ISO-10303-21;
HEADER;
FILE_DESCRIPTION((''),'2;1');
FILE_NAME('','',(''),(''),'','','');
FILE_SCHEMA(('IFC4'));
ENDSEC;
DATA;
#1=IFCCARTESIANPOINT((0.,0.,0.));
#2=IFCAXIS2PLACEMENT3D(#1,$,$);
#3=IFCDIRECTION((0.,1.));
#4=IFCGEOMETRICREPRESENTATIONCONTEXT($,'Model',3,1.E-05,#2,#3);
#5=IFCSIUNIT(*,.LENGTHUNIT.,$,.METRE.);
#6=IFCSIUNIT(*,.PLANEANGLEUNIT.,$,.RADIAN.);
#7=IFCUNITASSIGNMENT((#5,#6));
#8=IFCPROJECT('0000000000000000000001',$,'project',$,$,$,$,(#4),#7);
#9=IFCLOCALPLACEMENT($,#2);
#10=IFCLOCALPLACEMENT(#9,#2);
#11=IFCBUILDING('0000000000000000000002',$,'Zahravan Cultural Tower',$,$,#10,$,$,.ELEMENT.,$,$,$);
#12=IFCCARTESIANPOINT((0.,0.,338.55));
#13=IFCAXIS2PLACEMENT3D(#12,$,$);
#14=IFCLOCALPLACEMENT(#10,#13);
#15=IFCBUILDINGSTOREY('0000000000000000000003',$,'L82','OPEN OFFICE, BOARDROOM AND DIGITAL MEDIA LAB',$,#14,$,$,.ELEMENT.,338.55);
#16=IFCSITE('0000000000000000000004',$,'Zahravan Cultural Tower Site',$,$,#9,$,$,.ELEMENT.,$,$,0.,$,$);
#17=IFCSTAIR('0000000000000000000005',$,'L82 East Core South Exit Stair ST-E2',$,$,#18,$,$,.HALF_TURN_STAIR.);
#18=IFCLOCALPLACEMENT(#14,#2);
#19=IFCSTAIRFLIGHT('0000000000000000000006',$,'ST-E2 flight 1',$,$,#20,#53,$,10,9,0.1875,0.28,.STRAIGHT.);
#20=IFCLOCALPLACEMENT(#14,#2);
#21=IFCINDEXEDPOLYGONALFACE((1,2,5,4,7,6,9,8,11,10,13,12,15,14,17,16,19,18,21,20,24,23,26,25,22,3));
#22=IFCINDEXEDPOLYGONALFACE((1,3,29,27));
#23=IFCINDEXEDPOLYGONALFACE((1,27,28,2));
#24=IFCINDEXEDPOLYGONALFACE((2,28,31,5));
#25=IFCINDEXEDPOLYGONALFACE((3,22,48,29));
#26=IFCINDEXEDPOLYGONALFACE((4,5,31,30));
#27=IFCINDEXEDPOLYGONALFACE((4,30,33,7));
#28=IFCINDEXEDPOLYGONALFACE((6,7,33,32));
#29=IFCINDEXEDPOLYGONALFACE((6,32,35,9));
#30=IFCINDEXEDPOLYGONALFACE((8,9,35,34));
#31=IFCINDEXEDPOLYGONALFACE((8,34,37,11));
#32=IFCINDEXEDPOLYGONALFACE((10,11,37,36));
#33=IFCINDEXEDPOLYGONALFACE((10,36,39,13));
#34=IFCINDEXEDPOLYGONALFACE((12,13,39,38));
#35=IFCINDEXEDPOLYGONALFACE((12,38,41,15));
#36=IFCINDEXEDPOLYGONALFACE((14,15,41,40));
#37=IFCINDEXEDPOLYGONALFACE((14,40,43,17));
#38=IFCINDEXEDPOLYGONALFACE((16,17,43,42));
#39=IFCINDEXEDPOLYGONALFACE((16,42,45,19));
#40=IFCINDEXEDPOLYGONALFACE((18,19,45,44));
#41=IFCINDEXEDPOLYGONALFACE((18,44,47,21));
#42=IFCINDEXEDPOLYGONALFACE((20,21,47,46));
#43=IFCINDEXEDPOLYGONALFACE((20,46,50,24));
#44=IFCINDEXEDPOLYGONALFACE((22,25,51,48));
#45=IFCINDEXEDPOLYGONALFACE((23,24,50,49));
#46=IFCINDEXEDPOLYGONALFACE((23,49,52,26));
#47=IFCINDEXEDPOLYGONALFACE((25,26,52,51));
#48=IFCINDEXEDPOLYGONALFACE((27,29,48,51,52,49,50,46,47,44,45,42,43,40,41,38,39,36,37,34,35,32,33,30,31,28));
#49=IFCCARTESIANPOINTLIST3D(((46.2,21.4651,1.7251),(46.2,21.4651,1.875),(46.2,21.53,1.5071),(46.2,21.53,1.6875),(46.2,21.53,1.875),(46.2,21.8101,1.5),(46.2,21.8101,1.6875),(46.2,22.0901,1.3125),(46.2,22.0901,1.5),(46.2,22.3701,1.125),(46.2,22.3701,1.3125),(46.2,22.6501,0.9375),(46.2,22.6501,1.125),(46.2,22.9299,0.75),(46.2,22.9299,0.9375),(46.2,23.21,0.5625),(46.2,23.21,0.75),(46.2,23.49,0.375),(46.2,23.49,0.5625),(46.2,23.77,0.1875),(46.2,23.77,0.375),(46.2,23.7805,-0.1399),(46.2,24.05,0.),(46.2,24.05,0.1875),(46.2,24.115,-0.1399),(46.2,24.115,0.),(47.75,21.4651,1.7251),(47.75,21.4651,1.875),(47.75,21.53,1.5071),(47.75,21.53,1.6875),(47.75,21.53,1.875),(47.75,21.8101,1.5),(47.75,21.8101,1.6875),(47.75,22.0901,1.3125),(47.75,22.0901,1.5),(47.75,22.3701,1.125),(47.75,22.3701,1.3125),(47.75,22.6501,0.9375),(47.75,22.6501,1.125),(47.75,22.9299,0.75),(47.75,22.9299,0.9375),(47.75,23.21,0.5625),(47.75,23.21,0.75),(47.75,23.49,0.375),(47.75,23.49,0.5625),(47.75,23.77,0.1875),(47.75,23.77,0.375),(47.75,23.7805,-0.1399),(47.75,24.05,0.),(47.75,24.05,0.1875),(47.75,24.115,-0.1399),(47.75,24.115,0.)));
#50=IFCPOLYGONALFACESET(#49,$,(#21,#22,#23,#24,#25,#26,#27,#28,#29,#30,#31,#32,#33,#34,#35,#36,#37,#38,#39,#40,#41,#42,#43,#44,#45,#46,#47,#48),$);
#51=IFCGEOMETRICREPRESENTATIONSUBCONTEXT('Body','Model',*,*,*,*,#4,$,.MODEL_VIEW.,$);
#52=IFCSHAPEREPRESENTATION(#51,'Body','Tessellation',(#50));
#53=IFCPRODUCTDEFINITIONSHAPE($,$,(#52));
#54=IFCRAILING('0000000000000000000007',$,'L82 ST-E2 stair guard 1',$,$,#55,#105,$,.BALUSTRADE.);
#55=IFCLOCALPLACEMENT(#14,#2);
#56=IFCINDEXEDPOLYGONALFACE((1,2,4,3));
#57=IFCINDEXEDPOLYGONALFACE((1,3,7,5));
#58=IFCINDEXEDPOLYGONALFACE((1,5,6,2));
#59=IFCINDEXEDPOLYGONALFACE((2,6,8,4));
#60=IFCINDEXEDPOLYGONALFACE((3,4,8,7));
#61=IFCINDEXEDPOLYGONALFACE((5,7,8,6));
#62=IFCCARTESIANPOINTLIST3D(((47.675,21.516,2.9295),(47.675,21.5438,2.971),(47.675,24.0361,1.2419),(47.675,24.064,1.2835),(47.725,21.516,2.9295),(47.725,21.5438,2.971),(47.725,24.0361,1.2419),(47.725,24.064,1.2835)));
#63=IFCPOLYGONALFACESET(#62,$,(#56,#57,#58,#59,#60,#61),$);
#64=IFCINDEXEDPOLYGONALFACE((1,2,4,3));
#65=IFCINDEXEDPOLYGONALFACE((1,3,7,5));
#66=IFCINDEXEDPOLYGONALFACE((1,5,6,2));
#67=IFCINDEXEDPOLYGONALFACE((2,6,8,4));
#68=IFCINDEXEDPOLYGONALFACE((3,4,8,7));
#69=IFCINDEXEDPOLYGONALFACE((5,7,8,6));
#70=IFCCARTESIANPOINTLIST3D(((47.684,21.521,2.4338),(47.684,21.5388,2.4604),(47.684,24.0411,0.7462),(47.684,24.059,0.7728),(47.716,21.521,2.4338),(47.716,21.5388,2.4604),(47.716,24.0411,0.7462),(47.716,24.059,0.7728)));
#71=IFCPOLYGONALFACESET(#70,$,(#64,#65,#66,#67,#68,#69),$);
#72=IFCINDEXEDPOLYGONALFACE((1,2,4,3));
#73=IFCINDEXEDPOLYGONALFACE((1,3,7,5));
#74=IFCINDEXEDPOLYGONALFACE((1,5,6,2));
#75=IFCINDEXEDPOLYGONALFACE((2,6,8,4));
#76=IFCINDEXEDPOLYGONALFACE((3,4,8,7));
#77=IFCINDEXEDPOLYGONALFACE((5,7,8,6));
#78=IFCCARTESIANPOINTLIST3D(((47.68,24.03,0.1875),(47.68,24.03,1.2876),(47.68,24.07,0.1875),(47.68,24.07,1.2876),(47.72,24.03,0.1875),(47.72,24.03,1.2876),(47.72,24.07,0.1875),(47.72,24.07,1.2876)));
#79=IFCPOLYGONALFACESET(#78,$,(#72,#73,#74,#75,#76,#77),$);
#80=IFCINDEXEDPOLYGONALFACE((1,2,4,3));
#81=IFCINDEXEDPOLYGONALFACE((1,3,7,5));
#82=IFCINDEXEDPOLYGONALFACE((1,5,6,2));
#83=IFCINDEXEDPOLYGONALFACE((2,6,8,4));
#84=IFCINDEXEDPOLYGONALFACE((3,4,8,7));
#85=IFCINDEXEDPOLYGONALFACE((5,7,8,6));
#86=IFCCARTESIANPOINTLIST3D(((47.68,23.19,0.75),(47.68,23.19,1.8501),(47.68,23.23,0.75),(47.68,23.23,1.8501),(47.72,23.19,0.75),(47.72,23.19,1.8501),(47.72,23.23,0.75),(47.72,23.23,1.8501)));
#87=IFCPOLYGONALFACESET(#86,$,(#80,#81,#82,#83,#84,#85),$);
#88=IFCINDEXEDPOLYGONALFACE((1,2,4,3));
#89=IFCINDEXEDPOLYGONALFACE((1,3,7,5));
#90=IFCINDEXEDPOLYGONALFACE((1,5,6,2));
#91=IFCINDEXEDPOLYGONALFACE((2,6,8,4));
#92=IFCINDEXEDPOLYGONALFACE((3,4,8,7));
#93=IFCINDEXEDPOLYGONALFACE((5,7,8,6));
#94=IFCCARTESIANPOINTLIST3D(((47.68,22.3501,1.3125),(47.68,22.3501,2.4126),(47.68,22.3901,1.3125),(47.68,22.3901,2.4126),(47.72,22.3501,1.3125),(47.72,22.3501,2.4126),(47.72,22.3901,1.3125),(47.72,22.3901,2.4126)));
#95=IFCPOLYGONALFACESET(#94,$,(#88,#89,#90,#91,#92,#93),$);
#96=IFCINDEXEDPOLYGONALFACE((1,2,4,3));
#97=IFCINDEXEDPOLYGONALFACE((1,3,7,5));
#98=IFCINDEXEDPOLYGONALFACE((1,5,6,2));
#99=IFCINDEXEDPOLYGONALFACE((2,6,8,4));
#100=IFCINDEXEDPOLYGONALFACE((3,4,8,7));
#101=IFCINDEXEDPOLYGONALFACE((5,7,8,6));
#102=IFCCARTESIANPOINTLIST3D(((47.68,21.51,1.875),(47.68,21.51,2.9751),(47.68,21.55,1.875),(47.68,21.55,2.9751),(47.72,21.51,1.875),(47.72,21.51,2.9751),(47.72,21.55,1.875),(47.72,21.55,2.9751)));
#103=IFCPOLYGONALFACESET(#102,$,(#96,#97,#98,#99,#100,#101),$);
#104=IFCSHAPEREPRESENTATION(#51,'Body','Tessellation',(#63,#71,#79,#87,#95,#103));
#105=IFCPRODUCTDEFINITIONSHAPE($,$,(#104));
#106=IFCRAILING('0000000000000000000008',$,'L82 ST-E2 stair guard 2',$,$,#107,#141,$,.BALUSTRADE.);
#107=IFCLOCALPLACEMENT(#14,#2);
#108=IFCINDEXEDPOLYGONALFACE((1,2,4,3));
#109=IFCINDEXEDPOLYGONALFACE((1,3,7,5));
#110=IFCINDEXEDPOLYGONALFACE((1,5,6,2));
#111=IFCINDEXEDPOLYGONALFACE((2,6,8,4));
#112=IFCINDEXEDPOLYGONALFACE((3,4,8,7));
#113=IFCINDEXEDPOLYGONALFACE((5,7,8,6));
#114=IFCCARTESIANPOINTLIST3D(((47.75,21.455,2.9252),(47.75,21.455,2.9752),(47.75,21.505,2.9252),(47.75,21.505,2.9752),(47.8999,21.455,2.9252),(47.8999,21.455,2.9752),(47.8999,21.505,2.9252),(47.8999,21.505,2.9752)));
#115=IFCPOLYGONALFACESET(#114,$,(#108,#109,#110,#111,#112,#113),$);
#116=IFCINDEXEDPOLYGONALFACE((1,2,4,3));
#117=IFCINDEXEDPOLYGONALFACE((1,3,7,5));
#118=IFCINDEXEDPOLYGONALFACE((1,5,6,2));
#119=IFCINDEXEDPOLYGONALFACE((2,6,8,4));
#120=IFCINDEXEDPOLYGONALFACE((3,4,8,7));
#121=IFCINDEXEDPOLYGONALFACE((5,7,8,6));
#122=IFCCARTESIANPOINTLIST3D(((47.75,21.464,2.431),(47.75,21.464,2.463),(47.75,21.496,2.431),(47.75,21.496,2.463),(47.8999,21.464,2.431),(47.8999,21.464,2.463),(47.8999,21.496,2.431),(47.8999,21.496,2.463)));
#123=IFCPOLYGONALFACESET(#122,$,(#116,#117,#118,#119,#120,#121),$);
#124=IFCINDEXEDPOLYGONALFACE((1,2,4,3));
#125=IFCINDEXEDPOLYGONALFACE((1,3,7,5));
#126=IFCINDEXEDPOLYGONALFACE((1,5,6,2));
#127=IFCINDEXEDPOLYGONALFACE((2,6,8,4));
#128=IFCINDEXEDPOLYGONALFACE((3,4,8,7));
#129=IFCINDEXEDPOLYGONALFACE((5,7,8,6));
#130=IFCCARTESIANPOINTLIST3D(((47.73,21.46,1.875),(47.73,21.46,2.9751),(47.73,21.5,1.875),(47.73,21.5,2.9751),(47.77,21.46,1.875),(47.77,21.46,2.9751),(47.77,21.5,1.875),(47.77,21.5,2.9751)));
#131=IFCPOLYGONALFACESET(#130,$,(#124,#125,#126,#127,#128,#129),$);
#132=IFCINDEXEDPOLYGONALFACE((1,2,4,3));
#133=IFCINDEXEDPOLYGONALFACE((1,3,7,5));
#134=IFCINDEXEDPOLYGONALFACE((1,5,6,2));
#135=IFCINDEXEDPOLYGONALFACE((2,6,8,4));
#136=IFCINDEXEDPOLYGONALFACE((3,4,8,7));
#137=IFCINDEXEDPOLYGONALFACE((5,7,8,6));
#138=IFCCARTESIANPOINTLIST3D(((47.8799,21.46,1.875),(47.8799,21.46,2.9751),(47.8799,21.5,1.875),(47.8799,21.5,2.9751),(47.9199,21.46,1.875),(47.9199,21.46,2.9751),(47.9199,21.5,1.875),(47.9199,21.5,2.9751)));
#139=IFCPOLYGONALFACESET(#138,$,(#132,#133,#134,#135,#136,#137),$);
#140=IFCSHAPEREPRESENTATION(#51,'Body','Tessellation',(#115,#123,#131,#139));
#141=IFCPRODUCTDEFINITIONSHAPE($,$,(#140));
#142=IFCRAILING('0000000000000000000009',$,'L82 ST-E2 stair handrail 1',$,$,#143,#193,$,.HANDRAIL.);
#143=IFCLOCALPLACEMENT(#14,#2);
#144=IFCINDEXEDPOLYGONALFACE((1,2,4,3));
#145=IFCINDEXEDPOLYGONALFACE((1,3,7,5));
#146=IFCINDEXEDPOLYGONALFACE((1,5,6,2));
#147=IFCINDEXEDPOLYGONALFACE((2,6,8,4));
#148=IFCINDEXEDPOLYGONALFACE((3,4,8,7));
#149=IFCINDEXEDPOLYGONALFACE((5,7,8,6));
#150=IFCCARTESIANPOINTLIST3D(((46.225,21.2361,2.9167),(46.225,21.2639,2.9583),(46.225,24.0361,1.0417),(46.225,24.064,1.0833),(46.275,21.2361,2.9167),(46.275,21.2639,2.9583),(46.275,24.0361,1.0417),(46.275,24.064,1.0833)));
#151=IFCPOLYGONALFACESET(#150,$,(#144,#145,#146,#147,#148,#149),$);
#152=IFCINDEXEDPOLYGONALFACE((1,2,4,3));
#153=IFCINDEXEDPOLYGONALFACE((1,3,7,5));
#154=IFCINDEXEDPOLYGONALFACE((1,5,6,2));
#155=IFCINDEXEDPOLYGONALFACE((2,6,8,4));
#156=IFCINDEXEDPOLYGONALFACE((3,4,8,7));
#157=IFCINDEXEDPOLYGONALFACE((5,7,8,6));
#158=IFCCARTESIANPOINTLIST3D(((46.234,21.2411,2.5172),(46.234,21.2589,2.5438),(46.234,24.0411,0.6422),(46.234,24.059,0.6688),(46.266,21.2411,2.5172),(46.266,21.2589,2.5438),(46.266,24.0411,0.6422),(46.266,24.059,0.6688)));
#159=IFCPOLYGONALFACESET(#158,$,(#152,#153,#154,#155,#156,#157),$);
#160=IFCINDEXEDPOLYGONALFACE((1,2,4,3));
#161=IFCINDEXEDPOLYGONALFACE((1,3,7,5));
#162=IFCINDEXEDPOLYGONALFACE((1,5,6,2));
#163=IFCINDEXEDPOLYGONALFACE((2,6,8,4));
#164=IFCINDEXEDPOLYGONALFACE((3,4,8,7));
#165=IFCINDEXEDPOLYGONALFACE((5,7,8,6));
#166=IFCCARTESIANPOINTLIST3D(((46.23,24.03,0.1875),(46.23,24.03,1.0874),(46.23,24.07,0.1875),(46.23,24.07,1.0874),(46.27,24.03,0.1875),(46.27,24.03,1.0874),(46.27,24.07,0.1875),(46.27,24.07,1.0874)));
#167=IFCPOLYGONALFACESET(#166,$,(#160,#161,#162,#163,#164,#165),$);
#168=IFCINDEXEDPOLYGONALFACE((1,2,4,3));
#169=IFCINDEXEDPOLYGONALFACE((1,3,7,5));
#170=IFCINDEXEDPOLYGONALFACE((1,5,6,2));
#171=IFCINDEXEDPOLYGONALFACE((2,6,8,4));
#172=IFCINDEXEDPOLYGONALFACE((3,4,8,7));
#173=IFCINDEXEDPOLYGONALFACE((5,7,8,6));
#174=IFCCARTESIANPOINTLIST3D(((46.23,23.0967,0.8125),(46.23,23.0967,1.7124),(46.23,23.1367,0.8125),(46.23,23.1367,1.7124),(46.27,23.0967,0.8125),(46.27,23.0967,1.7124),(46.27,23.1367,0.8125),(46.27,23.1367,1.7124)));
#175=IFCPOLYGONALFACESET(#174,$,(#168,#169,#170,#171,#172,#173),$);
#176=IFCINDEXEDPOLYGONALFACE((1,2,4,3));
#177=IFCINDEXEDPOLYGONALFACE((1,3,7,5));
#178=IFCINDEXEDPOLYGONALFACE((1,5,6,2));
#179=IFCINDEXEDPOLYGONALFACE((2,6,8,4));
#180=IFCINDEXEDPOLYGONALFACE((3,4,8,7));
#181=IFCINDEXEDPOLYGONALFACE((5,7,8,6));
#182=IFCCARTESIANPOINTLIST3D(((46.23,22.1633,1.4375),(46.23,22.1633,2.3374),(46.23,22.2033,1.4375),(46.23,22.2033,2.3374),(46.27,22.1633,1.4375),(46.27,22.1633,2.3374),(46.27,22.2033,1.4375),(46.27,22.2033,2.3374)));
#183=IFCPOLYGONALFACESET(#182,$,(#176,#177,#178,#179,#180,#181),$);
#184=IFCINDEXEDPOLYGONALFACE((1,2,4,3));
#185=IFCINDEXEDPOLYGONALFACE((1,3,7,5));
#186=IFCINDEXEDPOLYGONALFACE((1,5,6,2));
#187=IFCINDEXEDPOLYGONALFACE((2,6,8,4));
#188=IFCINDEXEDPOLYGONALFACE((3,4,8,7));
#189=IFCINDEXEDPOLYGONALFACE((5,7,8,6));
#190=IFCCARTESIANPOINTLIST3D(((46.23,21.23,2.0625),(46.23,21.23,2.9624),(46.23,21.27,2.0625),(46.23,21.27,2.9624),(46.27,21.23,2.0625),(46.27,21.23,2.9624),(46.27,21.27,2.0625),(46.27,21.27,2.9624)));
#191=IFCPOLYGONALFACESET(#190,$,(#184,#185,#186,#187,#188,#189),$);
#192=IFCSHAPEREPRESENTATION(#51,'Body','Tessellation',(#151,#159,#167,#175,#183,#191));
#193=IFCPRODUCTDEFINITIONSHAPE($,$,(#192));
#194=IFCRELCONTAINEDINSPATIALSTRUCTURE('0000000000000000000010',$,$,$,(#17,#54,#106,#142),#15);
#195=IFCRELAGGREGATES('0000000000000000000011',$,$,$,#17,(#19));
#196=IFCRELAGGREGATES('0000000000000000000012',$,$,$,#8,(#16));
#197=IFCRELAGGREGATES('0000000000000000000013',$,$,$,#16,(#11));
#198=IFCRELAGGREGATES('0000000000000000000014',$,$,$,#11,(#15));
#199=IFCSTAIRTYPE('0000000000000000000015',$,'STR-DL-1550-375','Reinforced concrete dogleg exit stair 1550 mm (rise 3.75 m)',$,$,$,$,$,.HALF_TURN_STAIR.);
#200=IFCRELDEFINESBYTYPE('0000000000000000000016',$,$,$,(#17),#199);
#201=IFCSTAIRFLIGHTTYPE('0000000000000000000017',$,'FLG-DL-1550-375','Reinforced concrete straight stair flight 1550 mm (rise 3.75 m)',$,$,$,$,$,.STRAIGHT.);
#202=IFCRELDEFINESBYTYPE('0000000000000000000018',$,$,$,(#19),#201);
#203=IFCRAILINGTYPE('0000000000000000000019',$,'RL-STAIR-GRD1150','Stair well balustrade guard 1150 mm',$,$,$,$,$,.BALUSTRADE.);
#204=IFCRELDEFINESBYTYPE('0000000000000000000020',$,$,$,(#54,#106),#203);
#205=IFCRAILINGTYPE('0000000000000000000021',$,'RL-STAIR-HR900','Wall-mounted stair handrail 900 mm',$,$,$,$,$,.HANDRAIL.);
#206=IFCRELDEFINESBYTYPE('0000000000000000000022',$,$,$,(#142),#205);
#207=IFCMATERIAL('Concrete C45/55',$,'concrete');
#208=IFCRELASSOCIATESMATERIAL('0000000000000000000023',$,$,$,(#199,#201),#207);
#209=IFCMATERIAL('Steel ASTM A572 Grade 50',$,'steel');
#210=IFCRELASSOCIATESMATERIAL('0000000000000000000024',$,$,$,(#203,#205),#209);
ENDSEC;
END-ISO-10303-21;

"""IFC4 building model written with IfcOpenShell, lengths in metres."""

from ifc_helpers import new_model, si_unit, direction, frame, origin, origin_2d, place, context, subcontext, project, spatial, polyline, rectangle, outline, extrude, material, type_object, element, aggregate, save


model = new_model("IFC4")

# Units and contexts
model_context = context("Model", 3, precision=1e-05, world=origin(), true_north=direction((0.0, 1.0)))
body_context = subcontext(model_context, "Body", "Model", "MODEL_VIEW")
ifc_project = project(units=[si_unit("LENGTHUNIT", "METRE"), si_unit("PLANEANGLEUNIT", "RADIAN")], contexts=[model_context])

# Site, building, storey
site_placement = place(None, origin())
site = spatial("IfcSite", under=ifc_project, at=site_placement, Name="Zahravan Cultural Tower Site", CompositionType="ELEMENT", RefElevation=0.0)
building_placement = place(site_placement, origin())
building = spatial("IfcBuilding", under=site, at=building_placement, Name="Zahravan Cultural Tower", CompositionType="ELEMENT")
storey_placement = place(building_placement, frame((0.0, 0.0, 338.55)))
storey = spatial("IfcBuildingStorey", under=building, at=storey_placement, Name="L82", Description="OPEN OFFICE, BOARDROOM AND DIGITAL MEDIA LAB", CompositionType="ELEMENT", Elevation=338.55)

# Shared definitions
ifc_material_1 = material(Name="Steel ASTM A572 Grade 50", Category="steel")
ifc_material_2 = material(Name="Concrete C45/55", Category="concrete")

# Stair, stair flight
stair_type = type_object("IfcStairType", Name="STR-DL-1550-375", Description="Reinforced concrete dogleg exit stair 1550 mm (rise 3.75 m)", PredefinedType="HALF_TURN_STAIR", material=ifc_material_2)
stair_placement = place(storey_placement, origin())
stair = element("IfcStair", 1, at=stair_placement, inside=storey, type_object=stair_type, Name="L82 East Core South Exit Stair ST-E2", PredefinedType="HALF_TURN_STAIR")
stair_flight_type = type_object("IfcStairFlightType", Name="FLG-DL-1550-375", Description="Reinforced concrete straight stair flight 1550 mm (rise 3.75 m)", PredefinedType="STRAIGHT", material=ifc_material_2)
stair_flight_placement = place(storey_placement, frame((46.9751, 24.05, 0.0), z_axis=(0.0, 0.0, 1.0), x_axis=(0.0, -1.0, 0.0)))
stair_flight = element("IfcStairFlight", 2, at=stair_flight_placement, type_object=stair_flight_type, Name="ST-E2 flight 1", NumberOfRisers=10, NumberOfTreads=9, PredefinedType="STRAIGHT", RiserHeight=0.1875, TreadLength=0.28, context=body_context, shape_type="SweptSolid", body=[
    extrude(outline(polyline([(-0.0649, -0.1399), (-0.0649, 0.0), (0.0, 0.0), (0.0, 0.1875), (0.28, 0.1875), (0.28, 0.375), (0.5601, 0.375), (0.5601, 0.5625), (0.8401, 0.5625), (0.8401, 0.75), (1.1201, 0.75), (1.1201, 0.9375), (1.3999, 0.9375), (1.3999, 1.125), (1.6799, 1.125), (1.6799, 1.3125), (1.96, 1.3125), (1.96, 1.5), (2.24, 1.5), (2.24, 1.6875), (2.52, 1.6875), (2.52, 1.875), (2.585, 1.875), (2.585, 1.7251), (2.52, 1.5071), (0.2695, -0.1399), (-0.0649, -0.1399)])), frame((0.0, 0.7749, 0.0), z_axis=(0.0, -1.0, 0.0), x_axis=(1.0, 0.0, 0.0)), (0.0, 0.0, 1.0), 1.55),
])
aggregate(stair, [stair_flight])

# Railings
railing_type_1 = type_object("IfcRailingType", Name="RL-STAIR-GRD1150", Description="Stair well balustrade guard 1150 mm", PredefinedType="BALUSTRADE", material=ifc_material_1)
railing_1_placement = place(storey_placement, frame((47.7, 24.05, 0.1875)))
element("IfcRailing", 3, at=railing_1_placement, inside=storey, type_object=railing_type_1, Name="L82 ST-E2 stair guard 1", PredefinedType="BALUSTRADE", context=body_context, shape_type="SweptSolid", body=[
    extrude(rectangle(XDim=0.05, YDim=0.05, at=origin_2d()), frame((0.0, 0.0, 1.0752), z_axis=(0.0, -0.830909, 0.556408), x_axis=(1.0, 0.0, 0.0)), (0.0, 0.0, 1.0), 3.033),
    extrude(rectangle(XDim=0.032, YDim=0.032, at=origin_2d()), frame((0.0, 0.0, 0.572), z_axis=(0.0, -0.830909, 0.556408), x_axis=(1.0, 0.0, 0.0)), (0.0, 0.0, 1.0), 3.033),
    extrude(rectangle(XDim=0.04, YDim=0.04, at=origin_2d()), origin(), (0.0, 0.0, 1.0), 1.1001),
    extrude(rectangle(XDim=0.04, YDim=0.04, at=origin_2d()), frame((0.0, -0.8401, 0.5625)), (0.0, 0.0, 1.0), 1.1001),
    extrude(rectangle(XDim=0.04, YDim=0.04, at=origin_2d()), frame((0.0, -1.6799, 1.125)), (0.0, 0.0, 1.0), 1.1001),
    extrude(rectangle(XDim=0.04, YDim=0.04, at=origin_2d()), frame((0.0, -2.52, 1.6875)), (0.0, 0.0, 1.0), 1.1001),
])
railing_2_placement = place(storey_placement, frame((47.75, 21.48, 1.875)))
element("IfcRailing", 4, at=railing_2_placement, inside=storey, type_object=railing_type_1, Name="L82 ST-E2 stair guard 2", PredefinedType="BALUSTRADE", context=body_context, shape_type="SweptSolid", body=[
    extrude(rectangle(XDim=0.05, YDim=0.05, at=origin_2d()), frame((0.0, 0.0, 1.0752), z_axis=(1.0, 0.0, 0.0), x_axis=(0.0, 1.0, 0.0)), (0.0, 0.0, 1.0), 0.1499),
    extrude(rectangle(XDim=0.032, YDim=0.032, at=origin_2d()), frame((0.0, 0.0, 0.572), z_axis=(1.0, 0.0, 0.0), x_axis=(0.0, 1.0, 0.0)), (0.0, 0.0, 1.0), 0.1499),
    extrude(rectangle(XDim=0.04, YDim=0.04, at=origin_2d()), origin(), (0.0, 0.0, 1.0), 1.1001),
    extrude(rectangle(XDim=0.04, YDim=0.04, at=origin_2d()), frame((0.1499, 0.0, 0.0)), (0.0, 0.0, 1.0), 1.1001),
])
railing_type_2 = type_object("IfcRailingType", Name="RL-STAIR-HR900", Description="Wall-mounted stair handrail 900 mm", PredefinedType="HANDRAIL", material=ifc_material_1)
railing_3_placement = place(storey_placement, frame((46.25, 24.05, 0.1875)))
element("IfcRailing", 5, at=railing_3_placement, inside=storey, type_object=railing_type_2, Name="L82 ST-E2 stair handrail 1", PredefinedType="HANDRAIL", context=body_context, shape_type="SweptSolid", body=[
    extrude(rectangle(XDim=0.05, YDim=0.05, at=origin_2d()), frame((0.0, 0.0, 0.875), z_axis=(0.0, -0.830912, 0.556404), x_axis=(1.0, 0.0, 0.0)), (0.0, 0.0, 1.0), 3.3699),
    extrude(rectangle(XDim=0.032, YDim=0.032, at=origin_2d()), frame((0.0, 0.0, 0.468), z_axis=(0.0, -0.830912, 0.556404), x_axis=(1.0, 0.0, 0.0)), (0.0, 0.0, 1.0), 3.3699),
    extrude(rectangle(XDim=0.04, YDim=0.04, at=origin_2d()), origin(), (0.0, 0.0, 1.0), 0.8999),
    extrude(rectangle(XDim=0.04, YDim=0.04, at=origin_2d()), frame((0.0, -0.9333, 0.625)), (0.0, 0.0, 1.0), 0.8999),
    extrude(rectangle(XDim=0.04, YDim=0.04, at=origin_2d()), frame((0.0, -1.8667, 1.25)), (0.0, 0.0, 1.0), 0.8999),
    extrude(rectangle(XDim=0.04, YDim=0.04, at=origin_2d()), frame((0.0, -2.8, 1.875)), (0.0, 0.0, 1.0), 0.8999),
])

save(model, "model.ifc")
